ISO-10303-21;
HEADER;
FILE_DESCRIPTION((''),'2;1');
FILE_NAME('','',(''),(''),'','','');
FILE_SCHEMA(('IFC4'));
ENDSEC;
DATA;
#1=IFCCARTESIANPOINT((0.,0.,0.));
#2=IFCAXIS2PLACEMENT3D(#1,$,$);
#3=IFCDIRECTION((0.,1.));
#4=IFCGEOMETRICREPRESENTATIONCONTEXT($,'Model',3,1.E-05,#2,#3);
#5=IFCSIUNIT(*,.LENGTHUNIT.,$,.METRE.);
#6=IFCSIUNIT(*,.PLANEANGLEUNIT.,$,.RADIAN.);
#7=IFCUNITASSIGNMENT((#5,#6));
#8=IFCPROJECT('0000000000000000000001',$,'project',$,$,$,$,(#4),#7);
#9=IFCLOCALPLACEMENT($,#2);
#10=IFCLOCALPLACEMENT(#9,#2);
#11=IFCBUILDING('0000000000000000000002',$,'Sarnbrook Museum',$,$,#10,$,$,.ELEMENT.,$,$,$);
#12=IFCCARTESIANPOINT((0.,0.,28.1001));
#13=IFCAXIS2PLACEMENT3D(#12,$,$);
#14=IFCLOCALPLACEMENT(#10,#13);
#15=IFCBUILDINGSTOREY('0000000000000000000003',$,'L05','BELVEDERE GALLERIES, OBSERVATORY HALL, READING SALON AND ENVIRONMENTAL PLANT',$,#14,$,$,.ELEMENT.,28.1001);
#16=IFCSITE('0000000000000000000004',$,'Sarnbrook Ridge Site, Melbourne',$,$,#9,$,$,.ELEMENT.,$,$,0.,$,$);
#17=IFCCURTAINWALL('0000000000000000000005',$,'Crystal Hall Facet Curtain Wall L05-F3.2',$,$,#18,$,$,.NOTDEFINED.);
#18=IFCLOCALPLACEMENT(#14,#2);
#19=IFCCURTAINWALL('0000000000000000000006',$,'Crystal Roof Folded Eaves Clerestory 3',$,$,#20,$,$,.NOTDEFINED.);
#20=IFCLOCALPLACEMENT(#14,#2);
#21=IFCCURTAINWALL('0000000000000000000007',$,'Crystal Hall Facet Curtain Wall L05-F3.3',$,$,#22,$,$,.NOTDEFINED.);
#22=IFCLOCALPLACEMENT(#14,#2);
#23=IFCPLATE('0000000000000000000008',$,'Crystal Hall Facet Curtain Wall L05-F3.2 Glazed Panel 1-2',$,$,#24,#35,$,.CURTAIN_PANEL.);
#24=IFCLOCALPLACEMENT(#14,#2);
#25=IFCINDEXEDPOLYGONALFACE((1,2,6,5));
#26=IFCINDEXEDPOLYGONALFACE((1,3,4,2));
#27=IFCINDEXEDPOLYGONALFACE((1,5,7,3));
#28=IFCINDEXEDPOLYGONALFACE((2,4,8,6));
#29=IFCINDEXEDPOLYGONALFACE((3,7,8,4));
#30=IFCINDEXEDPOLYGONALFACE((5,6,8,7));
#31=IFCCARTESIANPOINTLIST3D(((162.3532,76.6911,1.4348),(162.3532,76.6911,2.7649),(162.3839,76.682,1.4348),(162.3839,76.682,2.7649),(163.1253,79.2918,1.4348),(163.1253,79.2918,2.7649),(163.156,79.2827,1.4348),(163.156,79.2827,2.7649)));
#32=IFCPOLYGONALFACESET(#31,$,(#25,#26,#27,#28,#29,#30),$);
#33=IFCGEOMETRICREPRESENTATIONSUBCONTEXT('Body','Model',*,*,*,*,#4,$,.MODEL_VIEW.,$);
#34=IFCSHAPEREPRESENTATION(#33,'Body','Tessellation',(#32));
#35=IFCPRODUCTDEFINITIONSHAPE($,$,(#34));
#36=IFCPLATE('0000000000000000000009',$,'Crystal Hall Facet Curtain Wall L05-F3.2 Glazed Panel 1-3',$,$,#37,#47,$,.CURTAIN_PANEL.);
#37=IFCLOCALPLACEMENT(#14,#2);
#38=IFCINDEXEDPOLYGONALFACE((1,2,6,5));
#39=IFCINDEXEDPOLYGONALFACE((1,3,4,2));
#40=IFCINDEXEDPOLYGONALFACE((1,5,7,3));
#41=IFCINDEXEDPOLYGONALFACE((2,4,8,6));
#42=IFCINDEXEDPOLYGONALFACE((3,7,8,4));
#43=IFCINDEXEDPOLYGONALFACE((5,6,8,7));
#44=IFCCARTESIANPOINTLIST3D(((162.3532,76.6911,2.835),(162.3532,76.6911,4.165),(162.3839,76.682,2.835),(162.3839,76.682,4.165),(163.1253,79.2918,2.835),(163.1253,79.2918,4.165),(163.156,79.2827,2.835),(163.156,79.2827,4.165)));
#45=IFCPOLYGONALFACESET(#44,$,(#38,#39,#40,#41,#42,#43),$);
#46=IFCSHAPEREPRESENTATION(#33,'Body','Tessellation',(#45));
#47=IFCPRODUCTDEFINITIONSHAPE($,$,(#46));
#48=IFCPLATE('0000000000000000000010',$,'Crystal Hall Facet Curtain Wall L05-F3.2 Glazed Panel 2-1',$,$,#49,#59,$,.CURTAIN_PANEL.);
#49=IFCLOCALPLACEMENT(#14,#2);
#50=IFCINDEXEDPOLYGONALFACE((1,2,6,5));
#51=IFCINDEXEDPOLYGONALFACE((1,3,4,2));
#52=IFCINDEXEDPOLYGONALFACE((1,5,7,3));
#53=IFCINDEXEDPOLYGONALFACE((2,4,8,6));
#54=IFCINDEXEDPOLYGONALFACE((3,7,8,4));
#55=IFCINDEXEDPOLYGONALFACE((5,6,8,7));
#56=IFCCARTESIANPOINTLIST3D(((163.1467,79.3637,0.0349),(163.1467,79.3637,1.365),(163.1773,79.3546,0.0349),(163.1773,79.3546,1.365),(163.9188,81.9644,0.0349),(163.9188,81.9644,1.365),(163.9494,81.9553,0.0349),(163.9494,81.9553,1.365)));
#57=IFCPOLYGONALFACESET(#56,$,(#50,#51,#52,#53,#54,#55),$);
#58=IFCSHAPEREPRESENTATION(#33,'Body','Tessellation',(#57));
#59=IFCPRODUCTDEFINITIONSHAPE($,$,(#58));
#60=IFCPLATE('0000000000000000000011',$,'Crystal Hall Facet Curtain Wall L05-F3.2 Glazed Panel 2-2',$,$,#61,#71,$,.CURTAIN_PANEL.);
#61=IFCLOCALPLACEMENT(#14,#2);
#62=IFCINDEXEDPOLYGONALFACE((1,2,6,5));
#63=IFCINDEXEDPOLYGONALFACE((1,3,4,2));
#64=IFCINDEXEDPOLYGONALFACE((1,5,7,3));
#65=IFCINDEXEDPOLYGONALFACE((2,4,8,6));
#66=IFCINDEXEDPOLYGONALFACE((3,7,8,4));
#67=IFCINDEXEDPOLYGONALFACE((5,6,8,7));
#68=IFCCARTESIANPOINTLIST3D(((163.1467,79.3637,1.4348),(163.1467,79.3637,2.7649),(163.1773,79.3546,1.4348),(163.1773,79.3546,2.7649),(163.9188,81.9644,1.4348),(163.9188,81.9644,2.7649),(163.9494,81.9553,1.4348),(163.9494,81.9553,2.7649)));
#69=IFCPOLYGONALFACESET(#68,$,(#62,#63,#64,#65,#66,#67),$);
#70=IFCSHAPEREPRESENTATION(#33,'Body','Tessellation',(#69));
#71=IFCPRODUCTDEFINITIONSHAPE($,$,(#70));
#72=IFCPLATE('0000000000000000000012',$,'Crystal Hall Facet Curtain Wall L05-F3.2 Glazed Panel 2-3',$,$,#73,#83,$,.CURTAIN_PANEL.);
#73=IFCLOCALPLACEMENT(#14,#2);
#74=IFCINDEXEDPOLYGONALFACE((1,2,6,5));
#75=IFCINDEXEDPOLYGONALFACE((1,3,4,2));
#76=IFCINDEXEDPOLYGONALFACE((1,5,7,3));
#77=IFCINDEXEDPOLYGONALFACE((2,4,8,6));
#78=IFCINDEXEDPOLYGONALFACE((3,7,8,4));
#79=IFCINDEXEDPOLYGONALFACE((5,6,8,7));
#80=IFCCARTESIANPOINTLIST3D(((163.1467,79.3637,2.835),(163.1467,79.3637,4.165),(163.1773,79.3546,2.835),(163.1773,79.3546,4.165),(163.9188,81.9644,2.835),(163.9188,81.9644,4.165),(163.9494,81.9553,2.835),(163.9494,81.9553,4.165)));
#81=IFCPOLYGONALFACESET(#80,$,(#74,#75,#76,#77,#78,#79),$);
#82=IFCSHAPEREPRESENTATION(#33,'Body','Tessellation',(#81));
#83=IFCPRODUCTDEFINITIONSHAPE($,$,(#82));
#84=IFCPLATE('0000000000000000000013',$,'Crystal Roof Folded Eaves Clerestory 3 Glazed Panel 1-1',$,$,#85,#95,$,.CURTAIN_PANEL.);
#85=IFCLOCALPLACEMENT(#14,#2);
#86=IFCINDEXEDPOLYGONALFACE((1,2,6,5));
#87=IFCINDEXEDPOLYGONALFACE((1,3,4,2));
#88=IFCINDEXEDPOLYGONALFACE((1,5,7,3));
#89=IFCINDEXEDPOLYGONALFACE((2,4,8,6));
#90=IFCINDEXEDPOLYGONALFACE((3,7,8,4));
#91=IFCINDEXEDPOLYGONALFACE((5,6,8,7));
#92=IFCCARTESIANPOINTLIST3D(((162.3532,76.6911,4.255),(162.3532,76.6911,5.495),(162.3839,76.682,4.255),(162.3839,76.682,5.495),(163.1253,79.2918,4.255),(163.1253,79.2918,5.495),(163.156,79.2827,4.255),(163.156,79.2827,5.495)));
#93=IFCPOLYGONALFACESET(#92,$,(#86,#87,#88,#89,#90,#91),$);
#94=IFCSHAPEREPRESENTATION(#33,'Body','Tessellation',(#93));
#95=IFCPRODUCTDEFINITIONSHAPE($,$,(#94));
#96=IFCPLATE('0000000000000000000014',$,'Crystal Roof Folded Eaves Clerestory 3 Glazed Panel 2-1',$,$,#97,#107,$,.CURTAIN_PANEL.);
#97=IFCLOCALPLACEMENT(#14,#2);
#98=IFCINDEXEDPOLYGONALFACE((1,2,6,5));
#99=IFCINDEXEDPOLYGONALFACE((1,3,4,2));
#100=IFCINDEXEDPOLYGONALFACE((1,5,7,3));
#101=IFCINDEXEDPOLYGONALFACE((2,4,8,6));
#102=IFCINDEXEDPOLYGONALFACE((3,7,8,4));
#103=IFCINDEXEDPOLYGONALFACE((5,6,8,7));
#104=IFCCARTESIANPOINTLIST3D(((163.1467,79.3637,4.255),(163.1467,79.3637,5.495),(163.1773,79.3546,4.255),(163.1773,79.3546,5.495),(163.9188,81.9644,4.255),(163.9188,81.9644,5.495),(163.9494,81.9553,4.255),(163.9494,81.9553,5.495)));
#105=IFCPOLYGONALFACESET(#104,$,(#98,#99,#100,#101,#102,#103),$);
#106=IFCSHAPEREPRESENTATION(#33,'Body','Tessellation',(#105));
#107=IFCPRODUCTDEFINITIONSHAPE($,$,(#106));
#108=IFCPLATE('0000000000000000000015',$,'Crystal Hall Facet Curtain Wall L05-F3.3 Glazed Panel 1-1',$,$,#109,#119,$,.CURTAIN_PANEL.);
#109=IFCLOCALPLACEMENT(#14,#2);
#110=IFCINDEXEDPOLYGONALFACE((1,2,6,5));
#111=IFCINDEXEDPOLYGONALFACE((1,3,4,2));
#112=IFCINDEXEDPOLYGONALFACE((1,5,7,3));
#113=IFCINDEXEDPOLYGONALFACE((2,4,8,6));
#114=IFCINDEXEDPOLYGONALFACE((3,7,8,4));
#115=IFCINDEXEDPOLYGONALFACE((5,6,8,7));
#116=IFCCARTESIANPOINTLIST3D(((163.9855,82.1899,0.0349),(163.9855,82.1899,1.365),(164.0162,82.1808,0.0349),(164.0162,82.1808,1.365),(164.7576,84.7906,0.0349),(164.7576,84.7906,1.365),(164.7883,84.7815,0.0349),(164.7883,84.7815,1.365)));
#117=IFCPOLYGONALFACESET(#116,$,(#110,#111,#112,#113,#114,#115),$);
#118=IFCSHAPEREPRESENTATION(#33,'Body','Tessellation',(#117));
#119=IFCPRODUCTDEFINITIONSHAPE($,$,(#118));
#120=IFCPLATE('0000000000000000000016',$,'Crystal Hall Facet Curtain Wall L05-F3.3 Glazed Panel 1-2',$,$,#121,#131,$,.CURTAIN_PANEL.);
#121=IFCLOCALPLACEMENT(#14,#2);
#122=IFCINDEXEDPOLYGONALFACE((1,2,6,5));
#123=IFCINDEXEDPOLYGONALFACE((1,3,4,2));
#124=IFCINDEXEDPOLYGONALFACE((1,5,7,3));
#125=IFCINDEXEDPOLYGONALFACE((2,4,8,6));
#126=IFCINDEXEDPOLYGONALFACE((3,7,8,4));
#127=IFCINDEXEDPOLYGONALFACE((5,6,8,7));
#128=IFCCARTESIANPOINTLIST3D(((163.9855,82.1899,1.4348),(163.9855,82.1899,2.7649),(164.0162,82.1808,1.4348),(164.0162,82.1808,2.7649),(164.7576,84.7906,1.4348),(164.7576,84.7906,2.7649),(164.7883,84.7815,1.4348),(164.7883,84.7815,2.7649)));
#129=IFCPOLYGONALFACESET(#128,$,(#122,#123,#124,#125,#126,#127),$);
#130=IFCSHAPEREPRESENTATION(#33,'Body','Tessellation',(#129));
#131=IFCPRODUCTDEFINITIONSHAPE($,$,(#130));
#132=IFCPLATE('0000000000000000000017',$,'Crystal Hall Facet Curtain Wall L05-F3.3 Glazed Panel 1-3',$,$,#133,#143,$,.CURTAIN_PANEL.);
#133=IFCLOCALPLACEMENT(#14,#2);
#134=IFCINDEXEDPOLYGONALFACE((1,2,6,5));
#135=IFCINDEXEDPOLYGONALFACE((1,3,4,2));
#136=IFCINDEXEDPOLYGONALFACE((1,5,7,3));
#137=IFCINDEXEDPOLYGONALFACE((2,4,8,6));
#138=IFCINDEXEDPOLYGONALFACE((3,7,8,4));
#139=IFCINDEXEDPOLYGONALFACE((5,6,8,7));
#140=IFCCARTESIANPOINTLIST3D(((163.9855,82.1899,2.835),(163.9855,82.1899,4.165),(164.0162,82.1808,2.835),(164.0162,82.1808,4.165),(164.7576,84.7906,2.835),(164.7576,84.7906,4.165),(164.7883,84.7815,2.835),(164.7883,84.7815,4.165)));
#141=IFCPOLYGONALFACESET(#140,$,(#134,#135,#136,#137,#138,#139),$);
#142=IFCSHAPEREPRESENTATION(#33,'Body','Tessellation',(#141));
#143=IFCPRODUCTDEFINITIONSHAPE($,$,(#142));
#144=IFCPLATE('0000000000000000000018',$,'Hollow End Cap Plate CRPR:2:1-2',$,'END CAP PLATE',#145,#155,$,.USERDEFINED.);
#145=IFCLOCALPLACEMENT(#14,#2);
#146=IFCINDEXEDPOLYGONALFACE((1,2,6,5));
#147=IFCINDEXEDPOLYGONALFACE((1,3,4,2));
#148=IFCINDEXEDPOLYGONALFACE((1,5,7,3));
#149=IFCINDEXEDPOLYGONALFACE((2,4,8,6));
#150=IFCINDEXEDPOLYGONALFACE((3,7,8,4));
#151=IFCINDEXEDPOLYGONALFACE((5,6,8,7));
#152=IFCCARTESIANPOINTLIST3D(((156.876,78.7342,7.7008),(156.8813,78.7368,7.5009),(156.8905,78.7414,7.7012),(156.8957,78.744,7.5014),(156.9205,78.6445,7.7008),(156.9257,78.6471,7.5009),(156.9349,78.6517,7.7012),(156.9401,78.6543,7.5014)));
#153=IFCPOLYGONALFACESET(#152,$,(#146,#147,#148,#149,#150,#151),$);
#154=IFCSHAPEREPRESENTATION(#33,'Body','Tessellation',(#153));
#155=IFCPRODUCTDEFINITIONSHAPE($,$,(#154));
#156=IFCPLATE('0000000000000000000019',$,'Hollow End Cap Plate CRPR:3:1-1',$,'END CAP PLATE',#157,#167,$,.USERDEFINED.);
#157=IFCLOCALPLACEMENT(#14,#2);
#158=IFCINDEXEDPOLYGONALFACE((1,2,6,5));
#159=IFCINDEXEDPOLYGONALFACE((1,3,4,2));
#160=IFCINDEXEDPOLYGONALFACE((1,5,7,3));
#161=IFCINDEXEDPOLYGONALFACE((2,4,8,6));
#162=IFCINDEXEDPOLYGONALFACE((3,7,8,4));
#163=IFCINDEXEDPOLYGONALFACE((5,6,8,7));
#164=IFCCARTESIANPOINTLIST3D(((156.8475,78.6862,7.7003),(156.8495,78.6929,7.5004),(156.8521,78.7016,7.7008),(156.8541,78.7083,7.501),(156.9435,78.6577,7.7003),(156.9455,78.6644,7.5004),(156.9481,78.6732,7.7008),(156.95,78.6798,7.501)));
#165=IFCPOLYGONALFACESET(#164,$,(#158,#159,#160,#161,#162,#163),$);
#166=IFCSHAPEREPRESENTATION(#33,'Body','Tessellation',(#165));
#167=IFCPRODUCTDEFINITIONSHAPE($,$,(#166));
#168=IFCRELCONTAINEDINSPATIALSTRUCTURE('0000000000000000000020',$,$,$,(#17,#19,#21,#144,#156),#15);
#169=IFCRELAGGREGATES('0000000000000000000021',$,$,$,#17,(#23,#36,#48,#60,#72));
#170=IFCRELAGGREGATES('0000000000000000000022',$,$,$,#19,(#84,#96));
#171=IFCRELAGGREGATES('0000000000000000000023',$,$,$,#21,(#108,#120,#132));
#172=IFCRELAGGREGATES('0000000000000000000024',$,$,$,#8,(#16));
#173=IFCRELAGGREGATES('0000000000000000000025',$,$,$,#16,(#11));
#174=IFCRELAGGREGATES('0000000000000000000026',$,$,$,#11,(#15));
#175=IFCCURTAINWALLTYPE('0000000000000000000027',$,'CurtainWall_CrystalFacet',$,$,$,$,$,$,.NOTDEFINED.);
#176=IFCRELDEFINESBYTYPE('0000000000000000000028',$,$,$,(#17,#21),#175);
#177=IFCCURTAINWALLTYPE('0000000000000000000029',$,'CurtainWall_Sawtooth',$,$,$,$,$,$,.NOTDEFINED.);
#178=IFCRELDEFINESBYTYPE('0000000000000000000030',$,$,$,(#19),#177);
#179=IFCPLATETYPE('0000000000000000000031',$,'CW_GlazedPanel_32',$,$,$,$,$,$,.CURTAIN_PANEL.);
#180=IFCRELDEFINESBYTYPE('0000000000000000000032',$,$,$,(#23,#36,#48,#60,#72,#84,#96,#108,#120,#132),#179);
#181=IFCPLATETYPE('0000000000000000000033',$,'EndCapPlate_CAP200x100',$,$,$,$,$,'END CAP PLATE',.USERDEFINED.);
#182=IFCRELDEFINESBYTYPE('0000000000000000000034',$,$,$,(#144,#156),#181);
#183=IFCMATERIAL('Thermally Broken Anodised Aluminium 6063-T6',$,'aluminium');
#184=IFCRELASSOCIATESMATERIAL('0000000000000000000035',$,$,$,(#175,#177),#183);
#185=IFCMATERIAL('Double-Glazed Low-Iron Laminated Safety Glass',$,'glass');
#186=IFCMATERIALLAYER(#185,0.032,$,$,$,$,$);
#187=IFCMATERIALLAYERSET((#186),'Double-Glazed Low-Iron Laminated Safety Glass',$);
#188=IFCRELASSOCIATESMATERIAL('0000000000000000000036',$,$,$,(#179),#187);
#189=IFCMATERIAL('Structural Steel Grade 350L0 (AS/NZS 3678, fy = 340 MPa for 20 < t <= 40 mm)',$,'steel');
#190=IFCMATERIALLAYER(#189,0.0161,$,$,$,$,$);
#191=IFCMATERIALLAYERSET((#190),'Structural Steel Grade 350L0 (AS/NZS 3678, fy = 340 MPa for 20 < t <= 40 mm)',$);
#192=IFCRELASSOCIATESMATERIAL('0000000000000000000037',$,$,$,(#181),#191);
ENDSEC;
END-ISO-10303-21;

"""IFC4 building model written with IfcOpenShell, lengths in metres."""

from ifc_helpers import new_model, si_unit, direction, frame, origin, origin_2d, place, context, subcontext, project, spatial, rectangle, extrude, material, layer, layer_set, type_object, element, aggregate, save


model = new_model("IFC4")

# Units and contexts
model_context = context("Model", 3, precision=1e-05, world=origin(), true_north=direction((0.0, 1.0)))
body_context = subcontext(model_context, "Body", "Model", "MODEL_VIEW")
ifc_project = project(units=[si_unit("LENGTHUNIT", "METRE"), si_unit("PLANEANGLEUNIT", "RADIAN")], contexts=[model_context])

# Site, building, storey
site_placement = place(None, origin())
site = spatial("IfcSite", under=ifc_project, at=site_placement, Name="Sarnbrook Ridge Site, Melbourne", CompositionType="ELEMENT", RefElevation=0.0)
building_placement = place(site_placement, origin())
building = spatial("IfcBuilding", under=site, at=building_placement, Name="Sarnbrook Museum", CompositionType="ELEMENT")
storey_placement = place(building_placement, frame((0.0, 0.0, 28.1001)))
storey = spatial("IfcBuildingStorey", under=building, at=storey_placement, Name="L05", Description="BELVEDERE GALLERIES, OBSERVATORY HALL, READING SALON AND ENVIRONMENTAL PLANT", CompositionType="ELEMENT", Elevation=28.1001)

# Curtain walls
ifc_material_1 = material(Name="Thermally Broken Anodised Aluminium 6063-T6", Category="aluminium")
curtain_wall_type_1 = type_object("IfcCurtainWallType", Name="CurtainWall_CrystalFacet", PredefinedType="NOTDEFINED", material=ifc_material_1)
curtain_wall_1_placement = place(storey_placement, origin())
curtain_wall_1 = element("IfcCurtainWall", 1, at=curtain_wall_1_placement, inside=storey, type_object=curtain_wall_type_1, Name="Crystal Hall Facet Curtain Wall L05-F3.2", PredefinedType="NOTDEFINED")
curtain_wall_type_2 = type_object("IfcCurtainWallType", Name="CurtainWall_Sawtooth", PredefinedType="NOTDEFINED", material=ifc_material_1)
curtain_wall_2_placement = place(storey_placement, origin())
curtain_wall_2 = element("IfcCurtainWall", 2, at=curtain_wall_2_placement, inside=storey, type_object=curtain_wall_type_2, Name="Crystal Roof Folded Eaves Clerestory 3", PredefinedType="NOTDEFINED")

# Curtain wall
curtain_wall_3_placement = place(storey_placement, origin())
curtain_wall_3 = element("IfcCurtainWall", 3, at=curtain_wall_3_placement, inside=storey, type_object=curtain_wall_type_1, Name="Crystal Hall Facet Curtain Wall L05-F3.3", PredefinedType="NOTDEFINED")

# Plates
ifc_material_2 = material(Name="Double-Glazed Low-Iron Laminated Safety Glass", Category="glass")
ifc_layer_1 = layer(ifc_material_2, 0.032)
ifc_layer_set_1 = layer_set([ifc_layer_1], Name="Double-Glazed Low-Iron Laminated Safety Glass")
plate_type_1 = type_object("IfcPlateType", Name="CW_GlazedPanel_32", PredefinedType="CURTAIN_PANEL", material=ifc_layer_set_1)
plate_1_placement = place(storey_placement, frame((162.7393, 77.9915, 2.0999), z_axis=(0.958647, -0.284597, 0.0), x_axis=(0.284597, 0.958647, 0.0)))
plate_1 = element("IfcPlate", 4, at=plate_1_placement, type_object=plate_type_1, Name="Crystal Hall Facet Curtain Wall L05-F3.2 Glazed Panel 1-2", PredefinedType="CURTAIN_PANEL", context=body_context, shape_type="SweptSolid", body=[
    extrude(rectangle(XDim=2.7129, YDim=1.3301, at=origin_2d()), origin(), (0.0, 0.0, 1.0), 0.032),
])
plate_2_placement = place(storey_placement, frame((162.7393, 77.9915, 3.5), z_axis=(0.958647, -0.284597, 0.0), x_axis=(0.284597, 0.958647, 0.0)))
plate_2 = element("IfcPlate", 5, at=plate_2_placement, type_object=plate_type_1, Name="Crystal Hall Facet Curtain Wall L05-F3.2 Glazed Panel 1-3", PredefinedType="CURTAIN_PANEL", context=body_context, shape_type="SweptSolid", body=[
    extrude(rectangle(XDim=2.7129, YDim=1.3301, at=origin_2d()), origin(), (0.0, 0.0, 1.0), 0.032),
])
plate_3_placement = place(storey_placement, frame((163.5327, 80.6641, 0.7), z_axis=(0.958647, -0.284597, 0.0), x_axis=(0.284597, 0.958647, 0.0)))
plate_3 = element("IfcPlate", 6, at=plate_3_placement, type_object=plate_type_1, Name="Crystal Hall Facet Curtain Wall L05-F3.2 Glazed Panel 2-1", PredefinedType="CURTAIN_PANEL", context=body_context, shape_type="SweptSolid", body=[
    extrude(rectangle(XDim=2.7129, YDim=1.3301, at=origin_2d()), origin(), (0.0, 0.0, 1.0), 0.032),
])
plate_4_placement = place(storey_placement, frame((163.5327, 80.6641, 2.0999), z_axis=(0.958647, -0.284597, 0.0), x_axis=(0.284597, 0.958647, 0.0)))
plate_4 = element("IfcPlate", 7, at=plate_4_placement, type_object=plate_type_1, Name="Crystal Hall Facet Curtain Wall L05-F3.2 Glazed Panel 2-2", PredefinedType="CURTAIN_PANEL", context=body_context, shape_type="SweptSolid", body=[
    extrude(rectangle(XDim=2.7129, YDim=1.3301, at=origin_2d()), origin(), (0.0, 0.0, 1.0), 0.032),
])
plate_5_placement = place(storey_placement, frame((163.5327, 80.6641, 3.5), z_axis=(0.958647, -0.284597, 0.0), x_axis=(0.284597, 0.958647, 0.0)))
plate_5 = element("IfcPlate", 8, at=plate_5_placement, type_object=plate_type_1, Name="Crystal Hall Facet Curtain Wall L05-F3.2 Glazed Panel 2-3", PredefinedType="CURTAIN_PANEL", context=body_context, shape_type="SweptSolid", body=[
    extrude(rectangle(XDim=2.7129, YDim=1.3301, at=origin_2d()), origin(), (0.0, 0.0, 1.0), 0.032),
])
aggregate(curtain_wall_1, [plate_1, plate_2, plate_3, plate_4, plate_5])
plate_6_placement = place(storey_placement, frame((162.7393, 77.9915, 4.875), z_axis=(0.958647, -0.284597, 0.0), x_axis=(0.284597, 0.958647, 0.0)))
plate_6 = element("IfcPlate", 9, at=plate_6_placement, type_object=plate_type_1, Name="Crystal Roof Folded Eaves Clerestory 3 Glazed Panel 1-1", PredefinedType="CURTAIN_PANEL", context=body_context, shape_type="SweptSolid", body=[
    extrude(rectangle(XDim=2.7129, YDim=1.24, at=origin_2d()), origin(), (0.0, 0.0, 1.0), 0.032),
])
plate_7_placement = place(storey_placement, frame((163.5327, 80.6641, 4.875), z_axis=(0.958647, -0.284597, 0.0), x_axis=(0.284597, 0.958647, 0.0)))
plate_7 = element("IfcPlate", 10, at=plate_7_placement, type_object=plate_type_1, Name="Crystal Roof Folded Eaves Clerestory 3 Glazed Panel 2-1", PredefinedType="CURTAIN_PANEL", context=body_context, shape_type="SweptSolid", body=[
    extrude(rectangle(XDim=2.7129, YDim=1.24, at=origin_2d()), origin(), (0.0, 0.0, 1.0), 0.032),
])
aggregate(curtain_wall_2, [plate_6, plate_7])
plate_8_placement = place(storey_placement, frame((164.3716, 83.4902, 0.7), z_axis=(0.958647, -0.284597, 0.0), x_axis=(0.284597, 0.958647, 0.0)))
plate_8 = element("IfcPlate", 11, at=plate_8_placement, type_object=plate_type_1, Name="Crystal Hall Facet Curtain Wall L05-F3.3 Glazed Panel 1-1", PredefinedType="CURTAIN_PANEL", context=body_context, shape_type="SweptSolid", body=[
    extrude(rectangle(XDim=2.7129, YDim=1.3301, at=origin_2d()), origin(), (0.0, 0.0, 1.0), 0.032),
])
plate_9_placement = place(storey_placement, frame((164.3716, 83.4902, 2.0999), z_axis=(0.958647, -0.284597, 0.0), x_axis=(0.284597, 0.958647, 0.0)))
plate_9 = element("IfcPlate", 12, at=plate_9_placement, type_object=plate_type_1, Name="Crystal Hall Facet Curtain Wall L05-F3.3 Glazed Panel 1-2", PredefinedType="CURTAIN_PANEL", context=body_context, shape_type="SweptSolid", body=[
    extrude(rectangle(XDim=2.7129, YDim=1.3301, at=origin_2d()), origin(), (0.0, 0.0, 1.0), 0.032),
])
plate_10_placement = place(storey_placement, frame((164.3716, 83.4902, 3.5), z_axis=(0.958647, -0.284597, 0.0), x_axis=(0.284597, 0.958647, 0.0)))
plate_10 = element("IfcPlate", 13, at=plate_10_placement, type_object=plate_type_1, Name="Crystal Hall Facet Curtain Wall L05-F3.3 Glazed Panel 1-3", PredefinedType="CURTAIN_PANEL", context=body_context, shape_type="SweptSolid", body=[
    extrude(rectangle(XDim=2.7129, YDim=1.3301, at=origin_2d()), origin(), (0.0, 0.0, 1.0), 0.032),
])
aggregate(curtain_wall_3, [plate_8, plate_9, plate_10])

# Plates
ifc_material_3 = material(Name="Structural Steel Grade 350L0 (AS/NZS 3678, fy = 340 MPa for 20 < t <= 40 mm)", Category="steel")
ifc_layer_2 = layer(ifc_material_3, 0.0161)
ifc_layer_set_2 = layer_set([ifc_layer_2], Name="Structural Steel Grade 350L0 (AS/NZS 3678, fy = 340 MPa for 20 < t <= 40 mm)")
plate_type_2 = type_object("IfcPlateType", Name="EndCapPlate_CAP200x100", ElementType="END CAP PLATE", PredefinedType="USERDEFINED", material=ifc_layer_set_2)
for number, where, z_axis, x_axis, name in (
    (14, (156.9009, 78.6907, 7.6008), (0.895775, 0.443543, 0.029264), (-0.443733, 0.896159, 0.0), "Hollow End Cap Plate CRPR:2:1-2"),
    (15, (156.8965, 78.6753, 7.6003), (0.284432, 0.958064, 0.034808), (-0.958645, 0.284605, 0.0), "Hollow End Cap Plate CRPR:3:1-1"),
):
    element("IfcPlate", number, at=place(storey_placement, frame(where, z_axis=z_axis, x_axis=x_axis)), inside=storey, type_object=plate_type_2, Name=name, ObjectType="END CAP PLATE", PredefinedType="USERDEFINED", context=body_context, shape_type="SweptSolid", body=[
        extrude(rectangle(XDim=0.1001, YDim=0.2, at=origin_2d()), origin(), (0.0, 0.0, 1.0), 0.0161),
    ])

save(model, "model.ifc")
